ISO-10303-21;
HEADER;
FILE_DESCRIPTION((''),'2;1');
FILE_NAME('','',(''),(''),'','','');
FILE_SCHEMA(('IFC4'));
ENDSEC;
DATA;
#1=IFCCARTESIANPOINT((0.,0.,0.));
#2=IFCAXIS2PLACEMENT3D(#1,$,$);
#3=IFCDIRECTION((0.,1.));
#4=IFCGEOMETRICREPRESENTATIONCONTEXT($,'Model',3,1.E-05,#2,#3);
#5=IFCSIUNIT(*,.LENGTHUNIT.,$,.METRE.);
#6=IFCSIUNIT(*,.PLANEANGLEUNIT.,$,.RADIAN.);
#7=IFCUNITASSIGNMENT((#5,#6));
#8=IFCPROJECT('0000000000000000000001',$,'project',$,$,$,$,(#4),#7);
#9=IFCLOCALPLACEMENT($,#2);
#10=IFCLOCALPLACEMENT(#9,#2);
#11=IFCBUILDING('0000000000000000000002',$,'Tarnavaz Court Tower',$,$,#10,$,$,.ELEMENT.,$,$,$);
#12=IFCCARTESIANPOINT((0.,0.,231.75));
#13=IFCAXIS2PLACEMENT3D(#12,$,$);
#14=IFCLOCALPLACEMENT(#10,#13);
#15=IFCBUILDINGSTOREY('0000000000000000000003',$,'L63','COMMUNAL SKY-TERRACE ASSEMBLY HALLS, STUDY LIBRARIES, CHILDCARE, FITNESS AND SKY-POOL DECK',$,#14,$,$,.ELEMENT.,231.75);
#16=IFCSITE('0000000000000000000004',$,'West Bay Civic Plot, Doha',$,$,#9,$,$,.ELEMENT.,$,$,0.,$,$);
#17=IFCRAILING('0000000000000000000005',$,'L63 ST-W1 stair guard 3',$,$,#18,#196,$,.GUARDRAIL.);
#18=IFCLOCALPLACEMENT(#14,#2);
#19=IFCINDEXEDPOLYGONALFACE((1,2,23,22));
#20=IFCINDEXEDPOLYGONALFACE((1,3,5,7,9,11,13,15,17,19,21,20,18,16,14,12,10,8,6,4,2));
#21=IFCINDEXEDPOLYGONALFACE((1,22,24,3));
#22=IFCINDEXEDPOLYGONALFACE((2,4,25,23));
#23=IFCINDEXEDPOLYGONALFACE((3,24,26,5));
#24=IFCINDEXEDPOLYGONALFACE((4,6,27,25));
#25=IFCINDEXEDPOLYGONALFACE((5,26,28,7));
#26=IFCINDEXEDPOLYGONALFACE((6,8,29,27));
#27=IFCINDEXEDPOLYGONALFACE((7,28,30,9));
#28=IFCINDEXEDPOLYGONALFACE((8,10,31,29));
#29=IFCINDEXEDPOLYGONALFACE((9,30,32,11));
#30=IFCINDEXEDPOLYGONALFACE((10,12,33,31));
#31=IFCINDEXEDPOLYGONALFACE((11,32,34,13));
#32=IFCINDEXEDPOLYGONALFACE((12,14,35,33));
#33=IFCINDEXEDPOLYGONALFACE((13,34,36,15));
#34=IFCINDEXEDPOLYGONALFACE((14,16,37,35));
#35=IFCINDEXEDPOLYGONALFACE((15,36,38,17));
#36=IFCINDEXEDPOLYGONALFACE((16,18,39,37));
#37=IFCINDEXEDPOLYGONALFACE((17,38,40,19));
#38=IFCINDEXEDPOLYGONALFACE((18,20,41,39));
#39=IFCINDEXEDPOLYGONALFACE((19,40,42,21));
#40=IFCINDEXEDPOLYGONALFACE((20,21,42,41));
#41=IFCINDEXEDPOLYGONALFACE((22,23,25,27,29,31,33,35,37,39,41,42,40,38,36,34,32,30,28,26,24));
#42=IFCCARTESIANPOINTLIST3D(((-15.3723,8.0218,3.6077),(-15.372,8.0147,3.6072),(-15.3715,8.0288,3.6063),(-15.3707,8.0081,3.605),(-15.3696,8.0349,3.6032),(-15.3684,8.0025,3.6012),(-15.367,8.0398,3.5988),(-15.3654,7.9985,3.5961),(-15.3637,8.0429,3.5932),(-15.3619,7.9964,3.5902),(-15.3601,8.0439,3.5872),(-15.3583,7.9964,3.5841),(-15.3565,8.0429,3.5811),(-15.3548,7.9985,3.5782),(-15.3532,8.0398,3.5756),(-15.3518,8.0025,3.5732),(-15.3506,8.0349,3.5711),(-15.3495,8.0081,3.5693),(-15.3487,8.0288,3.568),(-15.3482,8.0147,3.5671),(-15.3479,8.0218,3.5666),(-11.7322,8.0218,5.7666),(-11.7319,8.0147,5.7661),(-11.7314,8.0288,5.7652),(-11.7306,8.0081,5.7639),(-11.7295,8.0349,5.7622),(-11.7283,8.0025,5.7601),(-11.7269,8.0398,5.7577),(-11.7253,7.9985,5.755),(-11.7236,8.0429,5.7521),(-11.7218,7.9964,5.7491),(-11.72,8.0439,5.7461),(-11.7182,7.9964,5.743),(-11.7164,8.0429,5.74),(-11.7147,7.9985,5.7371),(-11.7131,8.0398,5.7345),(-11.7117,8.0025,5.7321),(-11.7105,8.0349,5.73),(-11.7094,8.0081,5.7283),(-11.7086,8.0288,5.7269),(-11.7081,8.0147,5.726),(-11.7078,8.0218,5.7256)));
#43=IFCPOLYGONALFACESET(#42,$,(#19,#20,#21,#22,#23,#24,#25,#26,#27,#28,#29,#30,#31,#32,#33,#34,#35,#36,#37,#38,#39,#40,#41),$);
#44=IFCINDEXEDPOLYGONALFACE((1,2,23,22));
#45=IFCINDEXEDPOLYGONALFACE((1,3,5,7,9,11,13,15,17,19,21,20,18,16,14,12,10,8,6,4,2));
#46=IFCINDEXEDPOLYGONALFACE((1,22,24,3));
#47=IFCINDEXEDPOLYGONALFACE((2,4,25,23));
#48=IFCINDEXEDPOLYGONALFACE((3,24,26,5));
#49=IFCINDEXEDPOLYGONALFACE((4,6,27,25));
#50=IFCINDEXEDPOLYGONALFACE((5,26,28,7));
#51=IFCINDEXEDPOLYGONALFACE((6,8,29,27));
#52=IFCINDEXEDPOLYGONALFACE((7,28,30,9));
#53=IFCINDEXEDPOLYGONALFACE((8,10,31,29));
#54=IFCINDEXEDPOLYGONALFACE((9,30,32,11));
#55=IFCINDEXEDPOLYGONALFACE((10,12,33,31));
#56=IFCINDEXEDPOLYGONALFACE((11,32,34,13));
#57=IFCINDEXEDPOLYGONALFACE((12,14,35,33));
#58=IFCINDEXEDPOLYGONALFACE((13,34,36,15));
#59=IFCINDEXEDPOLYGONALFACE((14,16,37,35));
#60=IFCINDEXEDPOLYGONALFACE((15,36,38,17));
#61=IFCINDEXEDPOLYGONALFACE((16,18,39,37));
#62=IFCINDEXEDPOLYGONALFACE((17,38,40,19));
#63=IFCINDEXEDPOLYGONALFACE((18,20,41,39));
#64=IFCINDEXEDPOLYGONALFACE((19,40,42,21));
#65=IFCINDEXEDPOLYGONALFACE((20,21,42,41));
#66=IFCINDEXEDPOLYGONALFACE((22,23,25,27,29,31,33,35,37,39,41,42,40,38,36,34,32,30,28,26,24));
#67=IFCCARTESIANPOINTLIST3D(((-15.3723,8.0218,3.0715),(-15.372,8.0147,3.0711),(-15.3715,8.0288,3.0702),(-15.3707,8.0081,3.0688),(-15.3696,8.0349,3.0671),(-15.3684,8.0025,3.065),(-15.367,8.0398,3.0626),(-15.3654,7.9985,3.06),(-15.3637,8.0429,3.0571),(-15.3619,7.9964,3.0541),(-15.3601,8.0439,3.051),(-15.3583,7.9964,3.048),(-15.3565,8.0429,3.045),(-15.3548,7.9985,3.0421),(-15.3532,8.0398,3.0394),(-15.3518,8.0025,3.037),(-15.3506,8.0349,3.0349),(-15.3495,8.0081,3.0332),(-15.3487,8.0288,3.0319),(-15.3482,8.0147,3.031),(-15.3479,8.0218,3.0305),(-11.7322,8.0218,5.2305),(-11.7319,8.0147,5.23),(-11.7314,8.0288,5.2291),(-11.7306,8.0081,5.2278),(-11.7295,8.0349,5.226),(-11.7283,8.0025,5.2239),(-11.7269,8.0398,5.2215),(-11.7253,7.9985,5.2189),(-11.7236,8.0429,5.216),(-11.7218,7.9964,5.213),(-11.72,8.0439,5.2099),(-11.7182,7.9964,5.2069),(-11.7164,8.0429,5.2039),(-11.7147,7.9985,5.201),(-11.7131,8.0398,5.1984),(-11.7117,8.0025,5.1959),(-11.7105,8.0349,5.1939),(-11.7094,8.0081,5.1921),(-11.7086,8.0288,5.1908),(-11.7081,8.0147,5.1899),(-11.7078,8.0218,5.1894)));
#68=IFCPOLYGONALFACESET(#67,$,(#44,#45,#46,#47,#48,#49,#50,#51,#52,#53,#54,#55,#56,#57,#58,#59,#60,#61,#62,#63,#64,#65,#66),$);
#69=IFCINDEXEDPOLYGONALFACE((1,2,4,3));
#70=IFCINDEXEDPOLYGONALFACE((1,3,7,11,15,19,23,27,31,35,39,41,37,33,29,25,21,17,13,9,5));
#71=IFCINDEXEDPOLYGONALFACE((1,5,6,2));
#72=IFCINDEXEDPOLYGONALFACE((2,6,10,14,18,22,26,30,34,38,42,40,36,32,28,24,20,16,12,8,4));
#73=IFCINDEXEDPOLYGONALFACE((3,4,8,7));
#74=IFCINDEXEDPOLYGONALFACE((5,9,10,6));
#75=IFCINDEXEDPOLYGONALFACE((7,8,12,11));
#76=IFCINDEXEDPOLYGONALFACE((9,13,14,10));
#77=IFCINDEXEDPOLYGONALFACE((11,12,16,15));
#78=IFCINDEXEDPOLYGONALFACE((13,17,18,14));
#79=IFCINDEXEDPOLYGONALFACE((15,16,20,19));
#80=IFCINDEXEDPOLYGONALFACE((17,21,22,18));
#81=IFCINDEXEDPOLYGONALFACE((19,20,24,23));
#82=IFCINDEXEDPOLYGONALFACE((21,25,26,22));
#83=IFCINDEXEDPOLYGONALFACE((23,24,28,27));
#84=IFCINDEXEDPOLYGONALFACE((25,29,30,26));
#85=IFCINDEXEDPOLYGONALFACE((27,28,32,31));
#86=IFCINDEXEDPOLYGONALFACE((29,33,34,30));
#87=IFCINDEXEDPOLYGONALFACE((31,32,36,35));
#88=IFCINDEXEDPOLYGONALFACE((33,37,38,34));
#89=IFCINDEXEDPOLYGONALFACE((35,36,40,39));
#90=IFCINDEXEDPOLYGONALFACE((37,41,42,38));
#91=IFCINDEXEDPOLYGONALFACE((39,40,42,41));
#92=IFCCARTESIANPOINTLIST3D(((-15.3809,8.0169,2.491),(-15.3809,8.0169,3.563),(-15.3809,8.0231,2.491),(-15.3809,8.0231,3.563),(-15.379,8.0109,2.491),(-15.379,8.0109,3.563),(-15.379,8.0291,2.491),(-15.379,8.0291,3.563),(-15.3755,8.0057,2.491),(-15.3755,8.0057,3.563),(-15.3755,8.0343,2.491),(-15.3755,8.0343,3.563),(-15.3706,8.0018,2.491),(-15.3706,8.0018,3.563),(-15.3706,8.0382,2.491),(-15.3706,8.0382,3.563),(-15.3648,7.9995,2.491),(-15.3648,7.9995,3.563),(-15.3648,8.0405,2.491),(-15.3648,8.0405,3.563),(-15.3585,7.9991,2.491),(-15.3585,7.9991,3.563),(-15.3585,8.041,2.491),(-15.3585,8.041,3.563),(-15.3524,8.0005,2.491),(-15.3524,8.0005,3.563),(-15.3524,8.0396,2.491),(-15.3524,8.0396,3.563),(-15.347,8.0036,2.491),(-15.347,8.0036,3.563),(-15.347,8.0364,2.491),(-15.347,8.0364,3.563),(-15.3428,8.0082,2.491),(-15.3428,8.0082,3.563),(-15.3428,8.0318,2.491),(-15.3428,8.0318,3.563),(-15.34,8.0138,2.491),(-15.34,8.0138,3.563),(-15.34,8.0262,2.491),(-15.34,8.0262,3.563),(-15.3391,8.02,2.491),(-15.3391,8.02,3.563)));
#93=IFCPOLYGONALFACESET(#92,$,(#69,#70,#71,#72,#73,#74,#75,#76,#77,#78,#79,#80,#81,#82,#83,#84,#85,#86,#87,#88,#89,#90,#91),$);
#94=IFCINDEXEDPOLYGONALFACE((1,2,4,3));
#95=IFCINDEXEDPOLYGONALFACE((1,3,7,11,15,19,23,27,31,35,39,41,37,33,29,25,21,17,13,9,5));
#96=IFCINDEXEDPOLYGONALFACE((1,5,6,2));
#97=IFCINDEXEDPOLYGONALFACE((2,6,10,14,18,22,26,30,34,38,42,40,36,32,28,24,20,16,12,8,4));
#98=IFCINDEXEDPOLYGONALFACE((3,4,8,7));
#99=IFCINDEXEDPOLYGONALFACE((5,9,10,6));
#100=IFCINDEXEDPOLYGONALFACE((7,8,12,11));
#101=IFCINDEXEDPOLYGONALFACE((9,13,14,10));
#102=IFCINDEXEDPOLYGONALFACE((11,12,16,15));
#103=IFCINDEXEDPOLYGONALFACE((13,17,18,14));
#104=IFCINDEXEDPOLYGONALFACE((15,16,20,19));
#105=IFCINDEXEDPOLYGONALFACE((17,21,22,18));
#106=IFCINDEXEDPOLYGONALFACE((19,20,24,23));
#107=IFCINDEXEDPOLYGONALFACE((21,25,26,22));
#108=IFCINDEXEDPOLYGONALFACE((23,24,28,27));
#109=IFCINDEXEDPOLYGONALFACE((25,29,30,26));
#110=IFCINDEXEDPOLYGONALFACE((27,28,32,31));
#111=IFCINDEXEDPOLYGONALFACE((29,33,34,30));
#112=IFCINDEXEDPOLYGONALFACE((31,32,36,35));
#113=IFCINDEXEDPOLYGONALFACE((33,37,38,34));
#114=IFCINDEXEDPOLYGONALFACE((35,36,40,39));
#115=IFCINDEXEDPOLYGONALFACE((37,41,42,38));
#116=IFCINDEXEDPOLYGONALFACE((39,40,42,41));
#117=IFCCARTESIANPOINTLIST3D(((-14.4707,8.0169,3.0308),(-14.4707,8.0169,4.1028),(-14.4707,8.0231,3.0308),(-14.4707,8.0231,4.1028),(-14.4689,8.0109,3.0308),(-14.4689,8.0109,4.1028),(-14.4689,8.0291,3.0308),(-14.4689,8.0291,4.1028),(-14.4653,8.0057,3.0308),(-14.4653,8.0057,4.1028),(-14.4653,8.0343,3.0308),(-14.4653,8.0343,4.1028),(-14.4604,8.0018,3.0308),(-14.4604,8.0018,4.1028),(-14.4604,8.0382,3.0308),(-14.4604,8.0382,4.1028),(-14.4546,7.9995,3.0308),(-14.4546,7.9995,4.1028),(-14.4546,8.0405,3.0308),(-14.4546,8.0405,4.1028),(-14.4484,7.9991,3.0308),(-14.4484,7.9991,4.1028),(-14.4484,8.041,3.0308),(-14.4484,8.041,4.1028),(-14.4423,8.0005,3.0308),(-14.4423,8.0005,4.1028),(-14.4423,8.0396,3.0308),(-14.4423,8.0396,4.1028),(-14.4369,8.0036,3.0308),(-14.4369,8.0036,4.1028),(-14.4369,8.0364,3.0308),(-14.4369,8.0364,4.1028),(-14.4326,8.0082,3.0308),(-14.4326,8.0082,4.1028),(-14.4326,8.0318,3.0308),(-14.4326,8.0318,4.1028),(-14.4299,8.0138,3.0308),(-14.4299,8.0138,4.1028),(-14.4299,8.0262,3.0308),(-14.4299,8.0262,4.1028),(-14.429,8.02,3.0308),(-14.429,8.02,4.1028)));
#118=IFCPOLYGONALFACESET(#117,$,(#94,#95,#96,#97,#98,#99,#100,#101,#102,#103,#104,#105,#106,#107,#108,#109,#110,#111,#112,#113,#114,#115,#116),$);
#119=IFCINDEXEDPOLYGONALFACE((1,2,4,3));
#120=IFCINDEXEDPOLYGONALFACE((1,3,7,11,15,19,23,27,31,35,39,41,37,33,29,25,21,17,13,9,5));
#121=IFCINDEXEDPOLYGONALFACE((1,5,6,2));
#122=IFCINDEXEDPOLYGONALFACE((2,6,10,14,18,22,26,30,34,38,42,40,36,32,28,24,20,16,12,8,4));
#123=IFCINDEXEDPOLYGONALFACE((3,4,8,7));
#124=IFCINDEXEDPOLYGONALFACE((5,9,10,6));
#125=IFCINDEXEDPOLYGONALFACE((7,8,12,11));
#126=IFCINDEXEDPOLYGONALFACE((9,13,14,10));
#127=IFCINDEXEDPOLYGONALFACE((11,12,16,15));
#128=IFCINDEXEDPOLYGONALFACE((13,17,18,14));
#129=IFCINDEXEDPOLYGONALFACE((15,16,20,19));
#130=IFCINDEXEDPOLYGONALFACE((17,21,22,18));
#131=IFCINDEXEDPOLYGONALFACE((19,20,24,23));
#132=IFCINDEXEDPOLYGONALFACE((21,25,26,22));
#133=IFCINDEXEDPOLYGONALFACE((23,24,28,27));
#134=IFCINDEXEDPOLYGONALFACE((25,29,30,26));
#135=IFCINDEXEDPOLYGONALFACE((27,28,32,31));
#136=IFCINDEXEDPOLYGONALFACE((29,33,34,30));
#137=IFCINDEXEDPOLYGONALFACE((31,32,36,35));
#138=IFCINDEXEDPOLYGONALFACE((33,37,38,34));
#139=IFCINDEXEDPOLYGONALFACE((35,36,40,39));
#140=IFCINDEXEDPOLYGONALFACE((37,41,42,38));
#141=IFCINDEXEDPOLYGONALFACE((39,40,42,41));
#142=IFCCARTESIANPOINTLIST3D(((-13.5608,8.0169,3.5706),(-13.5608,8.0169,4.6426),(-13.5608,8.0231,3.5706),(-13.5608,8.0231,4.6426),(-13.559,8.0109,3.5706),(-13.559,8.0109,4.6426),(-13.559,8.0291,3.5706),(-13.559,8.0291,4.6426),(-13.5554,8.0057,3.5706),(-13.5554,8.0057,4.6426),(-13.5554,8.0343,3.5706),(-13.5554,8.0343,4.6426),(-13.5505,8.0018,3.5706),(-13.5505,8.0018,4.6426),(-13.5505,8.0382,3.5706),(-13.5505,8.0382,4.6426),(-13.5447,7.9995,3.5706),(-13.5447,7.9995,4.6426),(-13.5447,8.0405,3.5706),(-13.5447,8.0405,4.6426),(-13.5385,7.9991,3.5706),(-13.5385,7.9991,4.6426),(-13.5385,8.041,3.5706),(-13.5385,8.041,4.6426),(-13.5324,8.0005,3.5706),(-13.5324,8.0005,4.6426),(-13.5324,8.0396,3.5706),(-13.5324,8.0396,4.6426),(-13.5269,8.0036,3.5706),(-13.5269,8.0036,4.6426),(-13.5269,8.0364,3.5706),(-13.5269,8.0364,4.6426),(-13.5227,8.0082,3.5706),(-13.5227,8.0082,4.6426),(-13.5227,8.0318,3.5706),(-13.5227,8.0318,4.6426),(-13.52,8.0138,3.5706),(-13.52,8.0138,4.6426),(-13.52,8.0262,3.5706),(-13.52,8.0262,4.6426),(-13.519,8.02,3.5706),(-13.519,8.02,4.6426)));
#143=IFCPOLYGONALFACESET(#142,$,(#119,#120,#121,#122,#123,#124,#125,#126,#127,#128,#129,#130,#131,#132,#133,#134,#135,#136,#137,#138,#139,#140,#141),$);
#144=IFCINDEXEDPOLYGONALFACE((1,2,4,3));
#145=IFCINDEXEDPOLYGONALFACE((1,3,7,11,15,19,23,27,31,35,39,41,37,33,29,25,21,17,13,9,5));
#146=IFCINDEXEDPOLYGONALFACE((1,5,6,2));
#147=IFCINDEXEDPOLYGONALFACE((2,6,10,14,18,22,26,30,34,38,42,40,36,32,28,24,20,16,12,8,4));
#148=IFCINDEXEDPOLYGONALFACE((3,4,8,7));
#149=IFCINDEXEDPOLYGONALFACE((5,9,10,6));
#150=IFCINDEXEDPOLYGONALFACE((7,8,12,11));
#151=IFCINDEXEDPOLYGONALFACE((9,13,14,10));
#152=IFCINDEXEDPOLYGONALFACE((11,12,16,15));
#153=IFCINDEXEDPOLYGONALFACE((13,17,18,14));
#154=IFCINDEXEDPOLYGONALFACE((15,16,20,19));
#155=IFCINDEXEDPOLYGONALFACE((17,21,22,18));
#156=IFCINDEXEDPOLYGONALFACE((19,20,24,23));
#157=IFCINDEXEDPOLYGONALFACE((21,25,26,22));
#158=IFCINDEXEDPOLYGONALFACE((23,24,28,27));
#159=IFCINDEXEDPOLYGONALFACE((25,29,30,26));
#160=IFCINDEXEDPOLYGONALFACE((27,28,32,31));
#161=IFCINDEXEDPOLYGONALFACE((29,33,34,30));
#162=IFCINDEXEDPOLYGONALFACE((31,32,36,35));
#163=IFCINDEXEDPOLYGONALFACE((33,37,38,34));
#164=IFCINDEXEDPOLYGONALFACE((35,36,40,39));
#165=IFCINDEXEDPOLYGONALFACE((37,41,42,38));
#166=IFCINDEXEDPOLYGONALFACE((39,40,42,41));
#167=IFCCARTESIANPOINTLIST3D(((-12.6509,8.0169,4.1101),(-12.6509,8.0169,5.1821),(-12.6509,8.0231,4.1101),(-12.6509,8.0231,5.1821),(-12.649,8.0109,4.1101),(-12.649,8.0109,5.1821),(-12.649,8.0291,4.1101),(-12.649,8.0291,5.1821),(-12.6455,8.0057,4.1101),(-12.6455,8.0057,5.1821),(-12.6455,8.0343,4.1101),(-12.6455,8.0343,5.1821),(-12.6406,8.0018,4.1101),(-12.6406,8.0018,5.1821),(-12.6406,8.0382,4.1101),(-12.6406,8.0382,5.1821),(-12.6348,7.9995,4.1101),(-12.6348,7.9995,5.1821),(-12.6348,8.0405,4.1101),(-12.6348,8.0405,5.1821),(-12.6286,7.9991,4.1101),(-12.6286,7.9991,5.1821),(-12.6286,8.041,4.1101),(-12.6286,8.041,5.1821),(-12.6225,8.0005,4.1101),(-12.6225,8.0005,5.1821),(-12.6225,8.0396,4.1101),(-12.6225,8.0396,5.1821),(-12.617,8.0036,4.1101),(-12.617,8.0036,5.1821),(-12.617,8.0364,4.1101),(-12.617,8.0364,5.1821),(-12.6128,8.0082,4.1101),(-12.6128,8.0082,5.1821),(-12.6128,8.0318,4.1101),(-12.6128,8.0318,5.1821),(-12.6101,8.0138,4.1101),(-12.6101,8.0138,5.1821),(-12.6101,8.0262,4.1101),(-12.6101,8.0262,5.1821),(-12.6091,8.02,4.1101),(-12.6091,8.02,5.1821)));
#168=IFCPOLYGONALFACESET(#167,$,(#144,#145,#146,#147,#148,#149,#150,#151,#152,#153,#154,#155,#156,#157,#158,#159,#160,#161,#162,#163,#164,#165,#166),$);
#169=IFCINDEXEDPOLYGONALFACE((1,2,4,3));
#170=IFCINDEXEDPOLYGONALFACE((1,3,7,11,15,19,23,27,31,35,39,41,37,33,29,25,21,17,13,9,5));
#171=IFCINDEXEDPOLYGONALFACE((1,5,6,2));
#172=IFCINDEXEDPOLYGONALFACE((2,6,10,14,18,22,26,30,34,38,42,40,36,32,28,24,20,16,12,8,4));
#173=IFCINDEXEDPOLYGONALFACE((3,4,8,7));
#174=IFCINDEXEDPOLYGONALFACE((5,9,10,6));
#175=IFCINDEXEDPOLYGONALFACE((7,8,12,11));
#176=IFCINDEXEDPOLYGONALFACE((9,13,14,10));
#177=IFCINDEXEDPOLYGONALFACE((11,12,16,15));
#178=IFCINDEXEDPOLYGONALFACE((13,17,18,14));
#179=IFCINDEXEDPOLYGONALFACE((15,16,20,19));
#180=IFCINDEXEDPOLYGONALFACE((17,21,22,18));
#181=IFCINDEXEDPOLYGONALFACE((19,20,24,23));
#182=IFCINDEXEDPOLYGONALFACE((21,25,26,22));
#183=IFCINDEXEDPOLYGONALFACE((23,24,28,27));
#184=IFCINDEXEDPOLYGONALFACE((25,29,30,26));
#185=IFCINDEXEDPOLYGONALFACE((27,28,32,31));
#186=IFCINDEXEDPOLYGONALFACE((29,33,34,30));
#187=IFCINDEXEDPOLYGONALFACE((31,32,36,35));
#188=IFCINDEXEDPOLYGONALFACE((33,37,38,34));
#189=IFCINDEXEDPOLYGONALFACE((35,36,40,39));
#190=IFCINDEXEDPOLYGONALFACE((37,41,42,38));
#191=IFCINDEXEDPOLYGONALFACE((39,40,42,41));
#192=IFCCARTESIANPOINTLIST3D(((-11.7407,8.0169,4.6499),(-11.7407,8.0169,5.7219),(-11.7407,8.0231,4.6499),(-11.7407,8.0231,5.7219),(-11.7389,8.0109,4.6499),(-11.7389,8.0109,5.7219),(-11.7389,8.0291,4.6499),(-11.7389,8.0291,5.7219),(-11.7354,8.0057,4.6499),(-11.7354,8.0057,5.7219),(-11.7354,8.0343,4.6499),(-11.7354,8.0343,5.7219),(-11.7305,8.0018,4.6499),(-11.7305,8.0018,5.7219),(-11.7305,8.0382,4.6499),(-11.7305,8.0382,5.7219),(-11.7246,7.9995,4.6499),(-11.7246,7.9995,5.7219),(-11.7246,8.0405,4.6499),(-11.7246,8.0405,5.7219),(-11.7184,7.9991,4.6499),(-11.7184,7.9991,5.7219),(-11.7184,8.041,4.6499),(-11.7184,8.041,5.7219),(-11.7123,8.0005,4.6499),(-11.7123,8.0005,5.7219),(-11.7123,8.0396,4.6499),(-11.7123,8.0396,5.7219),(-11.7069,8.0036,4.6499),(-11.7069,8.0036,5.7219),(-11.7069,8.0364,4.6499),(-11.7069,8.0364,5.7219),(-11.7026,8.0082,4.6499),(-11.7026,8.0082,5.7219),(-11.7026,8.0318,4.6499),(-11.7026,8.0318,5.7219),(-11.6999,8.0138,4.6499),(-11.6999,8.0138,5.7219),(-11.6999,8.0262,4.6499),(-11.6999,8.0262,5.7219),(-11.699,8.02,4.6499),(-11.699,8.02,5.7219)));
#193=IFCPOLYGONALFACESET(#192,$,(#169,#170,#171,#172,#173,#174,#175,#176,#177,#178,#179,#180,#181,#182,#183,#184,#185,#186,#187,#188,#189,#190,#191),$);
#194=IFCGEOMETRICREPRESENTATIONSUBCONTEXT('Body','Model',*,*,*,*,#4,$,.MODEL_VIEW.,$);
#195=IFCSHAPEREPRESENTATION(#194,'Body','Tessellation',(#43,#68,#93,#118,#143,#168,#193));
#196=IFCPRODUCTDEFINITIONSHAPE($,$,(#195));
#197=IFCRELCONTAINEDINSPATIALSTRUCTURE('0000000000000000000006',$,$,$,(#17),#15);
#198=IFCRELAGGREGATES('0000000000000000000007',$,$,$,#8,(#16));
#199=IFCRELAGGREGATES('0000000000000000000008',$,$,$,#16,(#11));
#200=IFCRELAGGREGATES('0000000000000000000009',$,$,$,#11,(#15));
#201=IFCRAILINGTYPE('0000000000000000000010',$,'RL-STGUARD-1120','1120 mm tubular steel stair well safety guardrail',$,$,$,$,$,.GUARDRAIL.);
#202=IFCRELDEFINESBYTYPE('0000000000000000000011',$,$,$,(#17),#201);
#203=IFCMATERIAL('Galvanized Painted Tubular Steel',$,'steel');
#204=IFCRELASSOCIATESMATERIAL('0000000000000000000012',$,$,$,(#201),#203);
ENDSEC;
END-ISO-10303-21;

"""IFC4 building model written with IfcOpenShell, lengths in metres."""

from ifc_helpers import new_model, si_unit, direction, frame, origin, origin_2d, place, context, subcontext, project, spatial, circle, extrude, material, type_object, element, save


model = new_model("IFC4")

# Units and contexts
model_context = context("Model", 3, precision=1e-05, world=origin(), true_north=direction((0.0, 1.0)))
body_context = subcontext(model_context, "Body", "Model", "MODEL_VIEW")
ifc_project = project(units=[si_unit("LENGTHUNIT", "METRE"), si_unit("PLANEANGLEUNIT", "RADIAN")], contexts=[model_context])

# Site, building, storey
site_placement = place(None, origin())
site = spatial("IfcSite", under=ifc_project, at=site_placement, Name="West Bay Civic Plot, Doha", CompositionType="ELEMENT", RefElevation=0.0)
building_placement = place(site_placement, origin())
building = spatial("IfcBuilding", under=site, at=building_placement, Name="Tarnavaz Court Tower", CompositionType="ELEMENT")
storey_placement = place(building_placement, frame((0.0, 0.0, 231.75)))
storey = spatial("IfcBuildingStorey", under=building, at=storey_placement, Name="L63", Description="COMMUNAL SKY-TERRACE ASSEMBLY HALLS, STUDY LIBRARIES, CHILDCARE, FITNESS AND SKY-POOL DECK", CompositionType="ELEMENT", Elevation=231.75)

# Railing
ifc_material_1 = material(Name="Galvanized Painted Tubular Steel", Category="steel")
railing_type_1 = type_object("IfcRailingType", Name="RL-STGUARD-1120", Description="1120 mm tubular steel stair well safety guardrail", PredefinedType="GUARDRAIL", material=ifc_material_1)
railing_1_placement = place(storey_placement, frame((-15.3601, 8.02, 2.491)))
element("IfcRailing", 1, at=railing_1_placement, inside=storey, type_object=railing_type_1, Name="L63 ST-W1 stair guard 3", PredefinedType="GUARDRAIL", context=body_context, shape_type="SweptSolid", body=[
    extrude(circle(Radius=0.0239, at=origin_2d()), frame((0.0, 0.0, 1.0962), z_axis=(0.860103, 0.0, 0.51012), x_axis=(0.0, 1.0, 0.0)), (0.0, 0.0, 1.0), 4.2322),
    extrude(circle(Radius=0.0239, at=origin_2d()), frame((0.0, 0.0, 0.5601), z_axis=(0.860103, 0.0, 0.51012), x_axis=(0.0, 1.0, 0.0)), (0.0, 0.0, 1.0), 4.2322),
    extrude(circle(Radius=0.021, at=origin_2d()), origin(), (0.0, 0.0, 1.0), 1.072),
    extrude(circle(Radius=0.021, at=origin_2d()), frame((0.9102, 0.0, 0.5398)), (0.0, 0.0, 1.0), 1.072),
    extrude(circle(Radius=0.021, at=origin_2d()), frame((1.8201, 0.0, 1.0796)), (0.0, 0.0, 1.0), 1.072),
    extrude(circle(Radius=0.021, at=origin_2d()), frame((2.73, 0.0, 1.6191)), (0.0, 0.0, 1.0), 1.072),
    extrude(circle(Radius=0.021, at=origin_2d()), frame((3.6401, 0.0, 2.1589)), (0.0, 0.0, 1.0), 1.072),
])

save(model, "model.ifc")
